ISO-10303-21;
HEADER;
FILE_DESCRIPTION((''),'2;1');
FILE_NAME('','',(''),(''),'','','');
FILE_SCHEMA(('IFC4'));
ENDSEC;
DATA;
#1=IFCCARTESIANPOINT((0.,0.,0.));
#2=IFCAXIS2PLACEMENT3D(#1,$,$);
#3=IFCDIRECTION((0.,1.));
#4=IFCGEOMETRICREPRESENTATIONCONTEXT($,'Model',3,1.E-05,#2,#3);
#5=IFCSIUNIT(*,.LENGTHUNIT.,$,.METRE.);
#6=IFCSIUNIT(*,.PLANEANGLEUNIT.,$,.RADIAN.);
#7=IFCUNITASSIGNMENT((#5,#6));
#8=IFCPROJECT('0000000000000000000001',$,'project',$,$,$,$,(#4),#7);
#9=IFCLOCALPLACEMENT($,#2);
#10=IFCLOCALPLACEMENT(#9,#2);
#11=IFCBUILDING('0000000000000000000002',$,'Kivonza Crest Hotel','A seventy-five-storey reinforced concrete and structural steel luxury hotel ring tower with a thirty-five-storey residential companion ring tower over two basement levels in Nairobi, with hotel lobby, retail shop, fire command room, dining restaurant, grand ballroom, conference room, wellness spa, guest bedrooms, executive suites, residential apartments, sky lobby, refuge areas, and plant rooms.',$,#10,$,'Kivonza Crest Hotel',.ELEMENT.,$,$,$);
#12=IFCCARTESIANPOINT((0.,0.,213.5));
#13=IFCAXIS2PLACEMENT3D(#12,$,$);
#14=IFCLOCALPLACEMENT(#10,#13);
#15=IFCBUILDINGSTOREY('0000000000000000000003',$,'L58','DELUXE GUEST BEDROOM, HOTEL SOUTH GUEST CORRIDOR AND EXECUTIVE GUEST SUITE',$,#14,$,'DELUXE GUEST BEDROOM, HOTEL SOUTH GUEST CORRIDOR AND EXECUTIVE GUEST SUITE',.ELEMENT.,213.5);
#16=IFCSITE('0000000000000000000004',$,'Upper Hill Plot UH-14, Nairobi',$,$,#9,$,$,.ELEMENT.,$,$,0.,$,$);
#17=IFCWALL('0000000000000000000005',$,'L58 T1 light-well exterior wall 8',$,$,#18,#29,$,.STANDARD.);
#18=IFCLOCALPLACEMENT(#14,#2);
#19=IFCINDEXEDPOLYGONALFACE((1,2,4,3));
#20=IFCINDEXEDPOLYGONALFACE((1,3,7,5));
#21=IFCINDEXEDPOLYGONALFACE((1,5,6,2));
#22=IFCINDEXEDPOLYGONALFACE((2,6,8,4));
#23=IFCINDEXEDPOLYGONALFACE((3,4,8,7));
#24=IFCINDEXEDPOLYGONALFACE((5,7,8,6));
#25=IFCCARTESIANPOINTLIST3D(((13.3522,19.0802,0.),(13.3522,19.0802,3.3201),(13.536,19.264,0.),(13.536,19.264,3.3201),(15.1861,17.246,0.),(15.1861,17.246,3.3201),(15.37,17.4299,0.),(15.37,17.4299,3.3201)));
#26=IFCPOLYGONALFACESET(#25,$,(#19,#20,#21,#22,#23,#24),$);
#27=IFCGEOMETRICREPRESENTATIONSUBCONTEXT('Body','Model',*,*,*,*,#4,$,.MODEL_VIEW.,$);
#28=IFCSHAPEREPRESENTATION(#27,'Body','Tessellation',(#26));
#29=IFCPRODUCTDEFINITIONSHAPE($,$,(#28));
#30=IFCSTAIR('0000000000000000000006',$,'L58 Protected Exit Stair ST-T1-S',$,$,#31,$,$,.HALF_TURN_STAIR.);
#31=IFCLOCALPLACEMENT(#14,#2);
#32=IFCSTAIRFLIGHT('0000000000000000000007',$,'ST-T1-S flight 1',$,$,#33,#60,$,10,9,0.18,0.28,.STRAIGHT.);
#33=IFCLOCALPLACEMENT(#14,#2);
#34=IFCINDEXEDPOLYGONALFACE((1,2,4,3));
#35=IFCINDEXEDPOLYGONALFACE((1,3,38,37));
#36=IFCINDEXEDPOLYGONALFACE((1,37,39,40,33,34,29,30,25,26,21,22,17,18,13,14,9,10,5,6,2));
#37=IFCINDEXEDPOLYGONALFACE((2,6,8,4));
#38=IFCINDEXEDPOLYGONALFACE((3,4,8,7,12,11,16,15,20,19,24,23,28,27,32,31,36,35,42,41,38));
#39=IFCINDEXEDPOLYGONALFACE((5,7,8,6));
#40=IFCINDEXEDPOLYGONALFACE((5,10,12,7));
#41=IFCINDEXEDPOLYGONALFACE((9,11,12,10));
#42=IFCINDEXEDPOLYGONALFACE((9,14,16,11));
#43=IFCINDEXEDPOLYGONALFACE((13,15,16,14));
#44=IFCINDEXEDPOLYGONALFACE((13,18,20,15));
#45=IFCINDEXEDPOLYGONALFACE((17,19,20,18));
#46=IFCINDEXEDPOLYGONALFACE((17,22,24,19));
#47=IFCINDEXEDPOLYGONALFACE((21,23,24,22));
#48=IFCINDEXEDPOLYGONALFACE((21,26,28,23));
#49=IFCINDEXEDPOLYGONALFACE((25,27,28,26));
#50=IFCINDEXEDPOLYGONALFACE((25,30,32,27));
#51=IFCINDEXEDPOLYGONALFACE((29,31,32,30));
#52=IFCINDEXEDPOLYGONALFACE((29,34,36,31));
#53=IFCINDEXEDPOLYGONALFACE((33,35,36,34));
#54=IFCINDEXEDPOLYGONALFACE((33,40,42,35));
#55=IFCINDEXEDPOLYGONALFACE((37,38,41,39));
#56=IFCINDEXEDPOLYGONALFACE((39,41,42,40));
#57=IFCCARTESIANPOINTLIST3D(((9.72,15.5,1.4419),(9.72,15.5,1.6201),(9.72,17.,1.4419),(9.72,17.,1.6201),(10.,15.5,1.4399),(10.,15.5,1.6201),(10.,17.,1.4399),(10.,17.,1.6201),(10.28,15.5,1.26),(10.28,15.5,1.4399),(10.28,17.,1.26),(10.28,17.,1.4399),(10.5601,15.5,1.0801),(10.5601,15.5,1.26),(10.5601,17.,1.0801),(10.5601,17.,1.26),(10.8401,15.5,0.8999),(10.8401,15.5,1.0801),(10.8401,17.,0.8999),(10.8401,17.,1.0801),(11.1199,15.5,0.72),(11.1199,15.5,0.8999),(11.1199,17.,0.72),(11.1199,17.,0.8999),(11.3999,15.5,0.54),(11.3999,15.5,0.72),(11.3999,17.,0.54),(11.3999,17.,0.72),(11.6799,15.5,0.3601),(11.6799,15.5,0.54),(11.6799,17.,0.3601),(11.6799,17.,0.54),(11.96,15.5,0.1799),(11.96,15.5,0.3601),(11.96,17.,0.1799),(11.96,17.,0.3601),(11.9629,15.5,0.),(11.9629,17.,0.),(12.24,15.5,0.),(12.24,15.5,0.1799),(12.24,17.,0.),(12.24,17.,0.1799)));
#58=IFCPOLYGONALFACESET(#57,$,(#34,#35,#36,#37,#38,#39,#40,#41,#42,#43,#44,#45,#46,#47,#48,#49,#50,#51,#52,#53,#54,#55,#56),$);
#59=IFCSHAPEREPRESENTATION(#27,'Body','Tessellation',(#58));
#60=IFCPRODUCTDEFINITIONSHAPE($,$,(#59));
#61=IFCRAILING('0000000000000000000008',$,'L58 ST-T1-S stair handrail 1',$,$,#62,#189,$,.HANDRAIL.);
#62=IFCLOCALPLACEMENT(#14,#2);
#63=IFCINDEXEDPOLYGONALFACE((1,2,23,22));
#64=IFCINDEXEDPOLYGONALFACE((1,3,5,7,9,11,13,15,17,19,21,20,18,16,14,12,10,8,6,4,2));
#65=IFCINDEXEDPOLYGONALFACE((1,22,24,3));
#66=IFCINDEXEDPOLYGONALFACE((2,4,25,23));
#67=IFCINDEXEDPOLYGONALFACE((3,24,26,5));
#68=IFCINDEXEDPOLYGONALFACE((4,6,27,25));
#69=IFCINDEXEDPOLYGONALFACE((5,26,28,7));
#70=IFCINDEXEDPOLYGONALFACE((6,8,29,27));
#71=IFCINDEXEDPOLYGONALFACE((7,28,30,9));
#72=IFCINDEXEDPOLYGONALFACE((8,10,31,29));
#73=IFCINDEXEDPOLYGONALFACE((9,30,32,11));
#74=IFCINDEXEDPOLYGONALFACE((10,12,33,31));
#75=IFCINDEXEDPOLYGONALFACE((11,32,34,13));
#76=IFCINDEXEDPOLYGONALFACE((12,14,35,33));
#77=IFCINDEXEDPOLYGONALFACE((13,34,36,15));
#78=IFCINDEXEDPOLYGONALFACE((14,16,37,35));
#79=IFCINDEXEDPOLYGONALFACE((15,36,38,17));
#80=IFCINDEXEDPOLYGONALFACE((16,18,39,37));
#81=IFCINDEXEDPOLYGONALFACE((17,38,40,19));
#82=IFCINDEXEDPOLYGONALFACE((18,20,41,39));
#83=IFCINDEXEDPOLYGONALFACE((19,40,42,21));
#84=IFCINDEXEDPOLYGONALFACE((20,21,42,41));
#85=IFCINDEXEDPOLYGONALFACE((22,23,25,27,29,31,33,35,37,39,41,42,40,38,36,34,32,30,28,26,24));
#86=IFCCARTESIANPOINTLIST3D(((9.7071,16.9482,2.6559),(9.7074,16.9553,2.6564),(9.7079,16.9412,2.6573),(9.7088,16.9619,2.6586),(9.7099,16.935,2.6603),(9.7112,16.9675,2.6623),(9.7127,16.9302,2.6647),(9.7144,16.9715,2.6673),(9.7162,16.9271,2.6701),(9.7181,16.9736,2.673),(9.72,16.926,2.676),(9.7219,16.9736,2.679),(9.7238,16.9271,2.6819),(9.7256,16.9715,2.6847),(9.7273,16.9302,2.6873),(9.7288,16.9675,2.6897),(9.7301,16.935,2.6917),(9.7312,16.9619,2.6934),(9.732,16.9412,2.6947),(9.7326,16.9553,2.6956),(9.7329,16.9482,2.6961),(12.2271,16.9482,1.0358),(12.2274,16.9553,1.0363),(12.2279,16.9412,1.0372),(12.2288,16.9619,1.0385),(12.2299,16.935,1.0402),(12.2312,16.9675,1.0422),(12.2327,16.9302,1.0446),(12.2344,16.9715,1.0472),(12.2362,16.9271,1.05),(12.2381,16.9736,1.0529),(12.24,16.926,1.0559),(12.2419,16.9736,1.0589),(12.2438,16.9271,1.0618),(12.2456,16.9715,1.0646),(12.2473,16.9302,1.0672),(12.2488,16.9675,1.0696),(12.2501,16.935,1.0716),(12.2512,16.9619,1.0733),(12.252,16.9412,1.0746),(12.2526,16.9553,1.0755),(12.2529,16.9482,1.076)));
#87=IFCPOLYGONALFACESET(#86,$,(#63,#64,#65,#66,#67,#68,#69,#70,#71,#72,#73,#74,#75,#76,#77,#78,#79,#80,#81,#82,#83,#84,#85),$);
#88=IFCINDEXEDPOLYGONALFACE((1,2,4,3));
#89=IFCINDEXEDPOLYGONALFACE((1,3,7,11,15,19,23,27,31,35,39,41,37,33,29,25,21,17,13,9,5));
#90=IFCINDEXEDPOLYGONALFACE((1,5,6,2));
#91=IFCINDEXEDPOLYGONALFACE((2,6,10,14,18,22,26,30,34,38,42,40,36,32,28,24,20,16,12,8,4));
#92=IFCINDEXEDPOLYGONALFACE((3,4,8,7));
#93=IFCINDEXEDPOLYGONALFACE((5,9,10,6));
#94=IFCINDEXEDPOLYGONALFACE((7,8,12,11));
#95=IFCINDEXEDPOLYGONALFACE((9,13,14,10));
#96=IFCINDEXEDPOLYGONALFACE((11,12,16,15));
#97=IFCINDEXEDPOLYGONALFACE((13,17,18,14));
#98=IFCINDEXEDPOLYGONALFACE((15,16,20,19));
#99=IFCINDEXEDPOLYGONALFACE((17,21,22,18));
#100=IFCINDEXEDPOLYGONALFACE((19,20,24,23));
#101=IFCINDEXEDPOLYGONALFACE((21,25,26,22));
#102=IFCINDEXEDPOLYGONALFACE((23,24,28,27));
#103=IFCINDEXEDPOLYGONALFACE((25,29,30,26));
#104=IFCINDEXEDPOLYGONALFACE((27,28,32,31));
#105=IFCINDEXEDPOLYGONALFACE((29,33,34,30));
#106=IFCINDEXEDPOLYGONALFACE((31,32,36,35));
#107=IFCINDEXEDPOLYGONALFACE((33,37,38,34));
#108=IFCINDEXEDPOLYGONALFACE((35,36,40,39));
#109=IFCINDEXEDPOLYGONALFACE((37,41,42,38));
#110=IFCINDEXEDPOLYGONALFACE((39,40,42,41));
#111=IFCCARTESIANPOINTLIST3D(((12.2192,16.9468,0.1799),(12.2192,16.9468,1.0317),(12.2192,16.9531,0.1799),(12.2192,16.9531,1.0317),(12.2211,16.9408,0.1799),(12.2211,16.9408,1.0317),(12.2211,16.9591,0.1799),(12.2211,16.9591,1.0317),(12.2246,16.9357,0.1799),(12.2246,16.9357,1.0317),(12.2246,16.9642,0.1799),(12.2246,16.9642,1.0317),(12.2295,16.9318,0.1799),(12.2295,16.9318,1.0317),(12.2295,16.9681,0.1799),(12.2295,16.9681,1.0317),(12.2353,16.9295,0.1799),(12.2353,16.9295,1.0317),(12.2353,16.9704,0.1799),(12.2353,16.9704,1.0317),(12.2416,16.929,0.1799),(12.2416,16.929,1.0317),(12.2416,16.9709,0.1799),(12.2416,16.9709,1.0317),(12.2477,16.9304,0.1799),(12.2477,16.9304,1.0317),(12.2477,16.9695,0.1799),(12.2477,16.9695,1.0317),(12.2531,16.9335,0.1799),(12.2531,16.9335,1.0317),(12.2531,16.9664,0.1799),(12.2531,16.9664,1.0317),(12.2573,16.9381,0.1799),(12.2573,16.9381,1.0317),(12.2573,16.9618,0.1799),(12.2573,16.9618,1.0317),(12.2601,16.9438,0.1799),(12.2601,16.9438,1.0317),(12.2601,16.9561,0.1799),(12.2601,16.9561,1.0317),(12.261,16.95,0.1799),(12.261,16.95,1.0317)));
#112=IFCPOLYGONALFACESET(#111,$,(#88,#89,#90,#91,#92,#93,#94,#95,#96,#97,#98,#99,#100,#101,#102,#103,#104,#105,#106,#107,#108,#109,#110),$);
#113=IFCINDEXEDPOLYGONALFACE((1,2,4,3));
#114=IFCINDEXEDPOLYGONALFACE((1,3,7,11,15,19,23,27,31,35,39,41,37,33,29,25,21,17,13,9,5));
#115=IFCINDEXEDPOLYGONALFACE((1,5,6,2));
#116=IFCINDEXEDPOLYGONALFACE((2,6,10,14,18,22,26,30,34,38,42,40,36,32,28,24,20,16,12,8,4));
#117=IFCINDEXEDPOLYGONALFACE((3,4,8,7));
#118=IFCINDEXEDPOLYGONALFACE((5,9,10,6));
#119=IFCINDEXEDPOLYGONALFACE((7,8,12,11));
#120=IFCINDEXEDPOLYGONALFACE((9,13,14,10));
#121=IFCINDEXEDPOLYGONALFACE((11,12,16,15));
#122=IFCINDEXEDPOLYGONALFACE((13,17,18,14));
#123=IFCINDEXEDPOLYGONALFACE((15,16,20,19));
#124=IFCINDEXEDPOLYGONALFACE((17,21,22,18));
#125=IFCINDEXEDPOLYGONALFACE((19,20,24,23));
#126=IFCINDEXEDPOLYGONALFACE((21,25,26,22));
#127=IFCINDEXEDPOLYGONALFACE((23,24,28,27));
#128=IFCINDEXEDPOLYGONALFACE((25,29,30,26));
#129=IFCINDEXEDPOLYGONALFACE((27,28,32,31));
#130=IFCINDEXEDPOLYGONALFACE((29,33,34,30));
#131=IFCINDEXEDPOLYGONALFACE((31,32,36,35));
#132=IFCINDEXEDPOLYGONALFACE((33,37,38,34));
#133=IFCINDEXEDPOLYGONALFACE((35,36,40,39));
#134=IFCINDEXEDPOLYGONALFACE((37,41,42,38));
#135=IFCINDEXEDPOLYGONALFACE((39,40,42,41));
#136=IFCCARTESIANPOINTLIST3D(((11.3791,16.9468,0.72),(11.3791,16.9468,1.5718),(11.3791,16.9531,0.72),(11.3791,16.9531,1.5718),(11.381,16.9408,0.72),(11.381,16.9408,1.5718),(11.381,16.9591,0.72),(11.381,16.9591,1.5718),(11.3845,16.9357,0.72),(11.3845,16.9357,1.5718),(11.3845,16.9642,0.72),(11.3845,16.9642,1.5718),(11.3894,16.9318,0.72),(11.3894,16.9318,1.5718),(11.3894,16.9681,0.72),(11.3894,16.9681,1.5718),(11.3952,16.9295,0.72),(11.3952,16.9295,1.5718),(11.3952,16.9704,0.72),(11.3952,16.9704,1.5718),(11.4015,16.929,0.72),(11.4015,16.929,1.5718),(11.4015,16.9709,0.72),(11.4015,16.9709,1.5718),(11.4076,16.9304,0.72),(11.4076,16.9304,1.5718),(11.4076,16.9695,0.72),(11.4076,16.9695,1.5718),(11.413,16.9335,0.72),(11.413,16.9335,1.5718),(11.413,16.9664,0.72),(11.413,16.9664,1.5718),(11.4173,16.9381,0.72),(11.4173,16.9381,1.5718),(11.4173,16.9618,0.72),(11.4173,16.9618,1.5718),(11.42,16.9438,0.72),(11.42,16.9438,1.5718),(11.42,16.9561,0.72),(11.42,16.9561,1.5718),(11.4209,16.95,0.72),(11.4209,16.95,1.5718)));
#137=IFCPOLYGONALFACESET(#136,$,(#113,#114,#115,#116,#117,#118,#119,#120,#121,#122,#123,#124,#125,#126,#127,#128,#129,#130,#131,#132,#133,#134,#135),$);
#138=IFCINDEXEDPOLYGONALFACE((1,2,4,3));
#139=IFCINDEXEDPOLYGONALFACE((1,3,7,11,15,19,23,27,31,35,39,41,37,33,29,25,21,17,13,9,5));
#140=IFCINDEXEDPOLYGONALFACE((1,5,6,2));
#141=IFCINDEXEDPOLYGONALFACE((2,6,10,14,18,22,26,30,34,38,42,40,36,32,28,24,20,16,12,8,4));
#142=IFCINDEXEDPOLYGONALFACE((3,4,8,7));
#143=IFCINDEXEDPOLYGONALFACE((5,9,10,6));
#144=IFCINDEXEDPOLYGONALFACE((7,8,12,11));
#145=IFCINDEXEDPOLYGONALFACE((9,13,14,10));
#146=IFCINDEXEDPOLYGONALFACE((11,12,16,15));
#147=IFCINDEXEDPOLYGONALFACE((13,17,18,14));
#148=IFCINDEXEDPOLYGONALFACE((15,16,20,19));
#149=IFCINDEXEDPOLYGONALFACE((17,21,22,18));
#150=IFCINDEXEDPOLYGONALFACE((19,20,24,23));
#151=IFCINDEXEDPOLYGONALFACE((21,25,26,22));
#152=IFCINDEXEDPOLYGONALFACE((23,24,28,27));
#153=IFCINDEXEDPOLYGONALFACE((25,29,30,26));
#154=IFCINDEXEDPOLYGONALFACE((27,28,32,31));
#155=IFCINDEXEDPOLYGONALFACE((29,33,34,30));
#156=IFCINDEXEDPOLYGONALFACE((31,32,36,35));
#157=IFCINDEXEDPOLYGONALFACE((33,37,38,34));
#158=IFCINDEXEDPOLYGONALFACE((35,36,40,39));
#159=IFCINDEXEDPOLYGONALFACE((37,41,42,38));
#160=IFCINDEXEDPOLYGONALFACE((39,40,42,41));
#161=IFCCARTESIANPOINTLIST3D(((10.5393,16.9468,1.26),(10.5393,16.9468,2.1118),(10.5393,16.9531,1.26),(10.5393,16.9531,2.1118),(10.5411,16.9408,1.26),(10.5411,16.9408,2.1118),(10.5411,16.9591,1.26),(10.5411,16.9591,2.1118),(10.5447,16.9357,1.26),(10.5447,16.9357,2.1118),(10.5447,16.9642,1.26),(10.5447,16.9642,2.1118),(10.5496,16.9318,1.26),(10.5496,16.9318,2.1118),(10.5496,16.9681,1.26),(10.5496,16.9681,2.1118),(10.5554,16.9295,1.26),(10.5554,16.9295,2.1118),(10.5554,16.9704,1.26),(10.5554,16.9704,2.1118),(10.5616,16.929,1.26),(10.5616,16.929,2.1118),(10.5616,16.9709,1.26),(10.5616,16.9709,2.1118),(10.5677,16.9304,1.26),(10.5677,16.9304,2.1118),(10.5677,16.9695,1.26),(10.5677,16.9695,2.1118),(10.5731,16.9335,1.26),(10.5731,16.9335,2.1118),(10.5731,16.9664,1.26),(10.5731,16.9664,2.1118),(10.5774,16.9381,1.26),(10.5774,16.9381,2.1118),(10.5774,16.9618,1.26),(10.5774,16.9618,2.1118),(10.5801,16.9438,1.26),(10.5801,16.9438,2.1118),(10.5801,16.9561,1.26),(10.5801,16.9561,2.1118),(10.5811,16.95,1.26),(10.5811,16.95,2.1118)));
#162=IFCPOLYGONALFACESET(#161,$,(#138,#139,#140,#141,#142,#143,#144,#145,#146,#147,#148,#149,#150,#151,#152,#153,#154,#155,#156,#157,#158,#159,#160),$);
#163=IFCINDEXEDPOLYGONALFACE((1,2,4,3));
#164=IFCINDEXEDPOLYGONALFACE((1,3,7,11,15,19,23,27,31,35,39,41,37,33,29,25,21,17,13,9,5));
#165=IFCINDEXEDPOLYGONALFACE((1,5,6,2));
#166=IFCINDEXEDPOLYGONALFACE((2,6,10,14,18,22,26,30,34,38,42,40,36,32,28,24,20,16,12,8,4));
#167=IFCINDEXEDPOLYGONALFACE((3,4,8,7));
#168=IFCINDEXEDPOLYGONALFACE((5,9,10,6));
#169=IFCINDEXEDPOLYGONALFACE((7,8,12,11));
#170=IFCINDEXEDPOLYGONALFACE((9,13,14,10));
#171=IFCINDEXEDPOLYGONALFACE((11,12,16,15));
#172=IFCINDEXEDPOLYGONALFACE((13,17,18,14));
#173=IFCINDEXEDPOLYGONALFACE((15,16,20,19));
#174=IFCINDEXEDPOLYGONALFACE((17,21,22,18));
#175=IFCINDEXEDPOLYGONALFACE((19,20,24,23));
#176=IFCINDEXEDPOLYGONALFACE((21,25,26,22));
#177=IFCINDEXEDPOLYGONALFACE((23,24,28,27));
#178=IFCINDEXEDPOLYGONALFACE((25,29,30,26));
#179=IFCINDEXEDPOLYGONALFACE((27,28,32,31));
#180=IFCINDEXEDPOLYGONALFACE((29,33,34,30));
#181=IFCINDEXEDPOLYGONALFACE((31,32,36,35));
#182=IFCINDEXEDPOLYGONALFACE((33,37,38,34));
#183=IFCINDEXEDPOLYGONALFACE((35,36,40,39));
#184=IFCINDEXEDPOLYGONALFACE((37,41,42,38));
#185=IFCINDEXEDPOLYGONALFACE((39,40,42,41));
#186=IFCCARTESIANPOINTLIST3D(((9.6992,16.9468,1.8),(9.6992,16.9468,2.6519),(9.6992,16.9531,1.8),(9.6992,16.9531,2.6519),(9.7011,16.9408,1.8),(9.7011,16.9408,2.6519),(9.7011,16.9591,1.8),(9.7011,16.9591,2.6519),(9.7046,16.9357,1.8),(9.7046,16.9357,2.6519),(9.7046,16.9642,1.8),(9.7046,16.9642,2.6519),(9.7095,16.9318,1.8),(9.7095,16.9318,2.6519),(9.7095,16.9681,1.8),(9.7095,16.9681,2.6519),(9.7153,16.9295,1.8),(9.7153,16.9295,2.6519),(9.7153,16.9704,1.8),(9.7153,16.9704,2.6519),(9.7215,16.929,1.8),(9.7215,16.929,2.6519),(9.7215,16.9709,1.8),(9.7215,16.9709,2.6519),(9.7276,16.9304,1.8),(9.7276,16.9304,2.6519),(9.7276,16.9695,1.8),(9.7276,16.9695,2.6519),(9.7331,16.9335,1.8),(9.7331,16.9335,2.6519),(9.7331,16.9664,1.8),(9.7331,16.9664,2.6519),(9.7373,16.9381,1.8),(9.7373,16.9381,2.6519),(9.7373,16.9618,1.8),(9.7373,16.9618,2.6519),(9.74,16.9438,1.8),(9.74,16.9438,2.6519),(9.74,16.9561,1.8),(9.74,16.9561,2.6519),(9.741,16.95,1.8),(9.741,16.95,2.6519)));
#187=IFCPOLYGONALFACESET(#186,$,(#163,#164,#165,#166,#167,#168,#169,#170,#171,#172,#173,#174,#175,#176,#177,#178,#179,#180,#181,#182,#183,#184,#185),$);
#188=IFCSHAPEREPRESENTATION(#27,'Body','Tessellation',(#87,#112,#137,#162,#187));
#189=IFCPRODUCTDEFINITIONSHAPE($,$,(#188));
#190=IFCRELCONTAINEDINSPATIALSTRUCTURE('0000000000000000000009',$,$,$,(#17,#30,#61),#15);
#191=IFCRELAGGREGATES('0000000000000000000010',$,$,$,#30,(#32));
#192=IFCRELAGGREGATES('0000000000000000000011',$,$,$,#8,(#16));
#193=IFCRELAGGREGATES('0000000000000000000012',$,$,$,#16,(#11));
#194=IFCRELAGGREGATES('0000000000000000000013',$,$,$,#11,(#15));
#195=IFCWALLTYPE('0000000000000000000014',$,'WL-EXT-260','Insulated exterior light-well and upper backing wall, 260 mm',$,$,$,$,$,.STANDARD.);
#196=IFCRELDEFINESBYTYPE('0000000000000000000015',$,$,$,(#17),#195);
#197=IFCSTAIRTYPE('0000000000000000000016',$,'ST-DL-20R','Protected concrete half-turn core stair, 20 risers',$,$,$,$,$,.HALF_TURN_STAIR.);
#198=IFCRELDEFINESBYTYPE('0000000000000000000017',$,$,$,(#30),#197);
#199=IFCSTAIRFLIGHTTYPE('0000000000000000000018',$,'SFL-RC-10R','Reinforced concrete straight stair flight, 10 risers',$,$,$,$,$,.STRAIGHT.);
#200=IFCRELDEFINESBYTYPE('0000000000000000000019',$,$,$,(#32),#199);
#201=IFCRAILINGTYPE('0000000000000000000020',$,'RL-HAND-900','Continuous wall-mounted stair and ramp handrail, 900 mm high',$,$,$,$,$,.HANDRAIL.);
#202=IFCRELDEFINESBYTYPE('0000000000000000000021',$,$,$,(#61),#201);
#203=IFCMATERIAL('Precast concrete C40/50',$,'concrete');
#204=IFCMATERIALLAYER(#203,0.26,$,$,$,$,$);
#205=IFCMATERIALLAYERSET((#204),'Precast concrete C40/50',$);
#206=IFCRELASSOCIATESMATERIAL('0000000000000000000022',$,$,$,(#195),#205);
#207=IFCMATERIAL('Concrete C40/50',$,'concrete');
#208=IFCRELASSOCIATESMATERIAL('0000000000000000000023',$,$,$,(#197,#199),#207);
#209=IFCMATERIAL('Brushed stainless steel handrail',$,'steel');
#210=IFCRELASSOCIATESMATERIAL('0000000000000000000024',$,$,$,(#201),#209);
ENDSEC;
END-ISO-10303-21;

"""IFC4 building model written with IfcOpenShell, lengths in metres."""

from ifc_helpers import new_model, si_unit, direction, frame, frame_2d, origin, origin_2d, place, context, subcontext, project, spatial, polyline, rectangle, circle, outline, extrude, material, layer, layer_set, type_object, element, aggregate, save


model = new_model("IFC4")

# Units and contexts
model_context = context("Model", 3, precision=1e-05, world=origin(), true_north=direction((0.0, 1.0)))
body_context = subcontext(model_context, "Body", "Model", "MODEL_VIEW")
ifc_project = project(units=[si_unit("LENGTHUNIT", "METRE"), si_unit("PLANEANGLEUNIT", "RADIAN")], contexts=[model_context])

# Site, building, storey
site_placement = place(None, origin())
site = spatial("IfcSite", under=ifc_project, at=site_placement, Name="Upper Hill Plot UH-14, Nairobi", CompositionType="ELEMENT", RefElevation=0.0)
building_placement = place(site_placement, origin())
building = spatial("IfcBuilding", under=site, at=building_placement, Name="Kivonza Crest Hotel", Description="A seventy-five-storey reinforced concrete and structural steel luxury hotel ring tower with a thirty-five-storey residential companion ring tower over two basement levels in Nairobi, with hotel lobby, retail shop, fire command room, dining restaurant, grand ballroom, conference room, wellness spa, guest bedrooms, executive suites, residential apartments, sky lobby, refuge areas, and plant rooms.", LongName="Kivonza Crest Hotel", CompositionType="ELEMENT")
storey_placement = place(building_placement, frame((0.0, 0.0, 213.5)))
storey = spatial("IfcBuildingStorey", under=building, at=storey_placement, Name="L58", Description="DELUXE GUEST BEDROOM, HOTEL SOUTH GUEST CORRIDOR AND EXECUTIVE GUEST SUITE", LongName="DELUXE GUEST BEDROOM, HOTEL SOUTH GUEST CORRIDOR AND EXECUTIVE GUEST SUITE", CompositionType="ELEMENT", Elevation=213.5)

# Wall
ifc_material_1 = material(Name="Precast concrete C40/50", Category="concrete")
ifc_layer_1 = layer(ifc_material_1, 0.26)
ifc_layer_set_1 = layer_set([ifc_layer_1], Name="Precast concrete C40/50")
wall_type_1 = type_object("IfcWallType", Name="WL-EXT-260", Description="Insulated exterior light-well and upper backing wall, 260 mm", PredefinedType="STANDARD", material=ifc_layer_set_1)
wall_1_placement = place(storey_placement, frame((13.4441, 19.1721, 0.0), z_axis=(0.0, 0.0, 1.0), x_axis=(0.70706, -0.707154, 0.0)))
element("IfcWall", 1, at=wall_1_placement, inside=storey, type_object=wall_type_1, Name="L58 T1 light-well exterior wall 8", PredefinedType="STANDARD", context=body_context, shape_type="SweptSolid", body=[
    extrude(rectangle(XDim=2.5938, YDim=0.26, at=frame_2d((1.2969, 0.0))), origin(), (0.0, 0.0, 1.0), 3.3201),
])

# Stair, stair flight
ifc_material_2 = material(Name="Concrete C40/50", Category="concrete")
stair_type = type_object("IfcStairType", Name="ST-DL-20R", Description="Protected concrete half-turn core stair, 20 risers", PredefinedType="HALF_TURN_STAIR", material=ifc_material_2)
stair_placement = place(storey_placement, origin())
stair = element("IfcStair", 2, at=stair_placement, inside=storey, type_object=stair_type, Name="L58 Protected Exit Stair ST-T1-S", PredefinedType="HALF_TURN_STAIR")
stair_flight_type = type_object("IfcStairFlightType", Name="SFL-RC-10R", Description="Reinforced concrete straight stair flight, 10 risers", PredefinedType="STRAIGHT", material=ifc_material_2)
stair_flight_placement = place(storey_placement, frame((12.24, 16.25, 0.0), z_axis=(0.0, 0.0, 1.0), x_axis=(-1.0, 0.0, 0.0)))
stair_flight = element("IfcStairFlight", 3, at=stair_flight_placement, type_object=stair_flight_type, Name="ST-T1-S flight 1", NumberOfRisers=10, NumberOfTreads=9, PredefinedType="STRAIGHT", RiserHeight=0.18, TreadLength=0.28, context=body_context, shape_type="SweptSolid", body=[
    extrude(outline(polyline([(0.0, 0.0), (0.0, 0.1799), (0.28, 0.1799), (0.28, 0.3601), (0.5601, 0.3601), (0.5601, 0.54), (0.8401, 0.54), (0.8401, 0.72), (1.1201, 0.72), (1.1201, 0.8999), (1.3999, 0.8999), (1.3999, 1.0801), (1.6799, 1.0801), (1.6799, 1.26), (1.96, 1.26), (1.96, 1.4399), (2.24, 1.4399), (2.24, 1.6201), (2.52, 1.6201), (2.52, 1.8), (2.52, 1.4419), (0.2771, 0.0), (0.0, 0.0)])), frame((0.0, 0.75, 0.0), z_axis=(0.0, -1.0, 0.0), x_axis=(1.0, 0.0, 0.0)), (0.0, 0.0, 1.0), 1.5),
])
aggregate(stair, [stair_flight])

# Railing
ifc_material_3 = material(Name="Brushed stainless steel handrail", Category="steel")
railing_type_1 = type_object("IfcRailingType", Name="RL-HAND-900", Description="Continuous wall-mounted stair and ramp handrail, 900 mm high", PredefinedType="HANDRAIL", material=ifc_material_3)
railing_1_placement = place(storey_placement, frame((12.24, 16.95, 0.1799)))
element("IfcRailing", 4, at=railing_1_placement, inside=storey, type_object=railing_type_1, Name="L58 ST-T1-S stair handrail 1", PredefinedType="HANDRAIL", context=body_context, shape_type="SweptSolid", body=[
    extrude(circle(Radius=0.0239, at=origin_2d()), frame((0.0, 0.0, 0.876), z_axis=(-0.841163, 0.0, 0.540782), x_axis=(0.0, -1.0, 0.0)), (0.0, 0.0, 1.0), 2.9958),
    extrude(circle(Radius=0.021, at=origin_2d()), origin(), (0.0, 0.0, 1.0), 0.8518),
    extrude(circle(Radius=0.021, at=origin_2d()), frame((-0.8401, 0.0, 0.54)), (0.0, 0.0, 1.0), 0.8518),
    extrude(circle(Radius=0.021, at=origin_2d()), frame((-1.6799, 0.0, 1.0801)), (0.0, 0.0, 1.0), 0.8518),
    extrude(circle(Radius=0.021, at=origin_2d()), frame((-2.52, 0.0, 1.6201)), (0.0, 0.0, 1.0), 0.8518),
])

save(model, "model.ifc")
